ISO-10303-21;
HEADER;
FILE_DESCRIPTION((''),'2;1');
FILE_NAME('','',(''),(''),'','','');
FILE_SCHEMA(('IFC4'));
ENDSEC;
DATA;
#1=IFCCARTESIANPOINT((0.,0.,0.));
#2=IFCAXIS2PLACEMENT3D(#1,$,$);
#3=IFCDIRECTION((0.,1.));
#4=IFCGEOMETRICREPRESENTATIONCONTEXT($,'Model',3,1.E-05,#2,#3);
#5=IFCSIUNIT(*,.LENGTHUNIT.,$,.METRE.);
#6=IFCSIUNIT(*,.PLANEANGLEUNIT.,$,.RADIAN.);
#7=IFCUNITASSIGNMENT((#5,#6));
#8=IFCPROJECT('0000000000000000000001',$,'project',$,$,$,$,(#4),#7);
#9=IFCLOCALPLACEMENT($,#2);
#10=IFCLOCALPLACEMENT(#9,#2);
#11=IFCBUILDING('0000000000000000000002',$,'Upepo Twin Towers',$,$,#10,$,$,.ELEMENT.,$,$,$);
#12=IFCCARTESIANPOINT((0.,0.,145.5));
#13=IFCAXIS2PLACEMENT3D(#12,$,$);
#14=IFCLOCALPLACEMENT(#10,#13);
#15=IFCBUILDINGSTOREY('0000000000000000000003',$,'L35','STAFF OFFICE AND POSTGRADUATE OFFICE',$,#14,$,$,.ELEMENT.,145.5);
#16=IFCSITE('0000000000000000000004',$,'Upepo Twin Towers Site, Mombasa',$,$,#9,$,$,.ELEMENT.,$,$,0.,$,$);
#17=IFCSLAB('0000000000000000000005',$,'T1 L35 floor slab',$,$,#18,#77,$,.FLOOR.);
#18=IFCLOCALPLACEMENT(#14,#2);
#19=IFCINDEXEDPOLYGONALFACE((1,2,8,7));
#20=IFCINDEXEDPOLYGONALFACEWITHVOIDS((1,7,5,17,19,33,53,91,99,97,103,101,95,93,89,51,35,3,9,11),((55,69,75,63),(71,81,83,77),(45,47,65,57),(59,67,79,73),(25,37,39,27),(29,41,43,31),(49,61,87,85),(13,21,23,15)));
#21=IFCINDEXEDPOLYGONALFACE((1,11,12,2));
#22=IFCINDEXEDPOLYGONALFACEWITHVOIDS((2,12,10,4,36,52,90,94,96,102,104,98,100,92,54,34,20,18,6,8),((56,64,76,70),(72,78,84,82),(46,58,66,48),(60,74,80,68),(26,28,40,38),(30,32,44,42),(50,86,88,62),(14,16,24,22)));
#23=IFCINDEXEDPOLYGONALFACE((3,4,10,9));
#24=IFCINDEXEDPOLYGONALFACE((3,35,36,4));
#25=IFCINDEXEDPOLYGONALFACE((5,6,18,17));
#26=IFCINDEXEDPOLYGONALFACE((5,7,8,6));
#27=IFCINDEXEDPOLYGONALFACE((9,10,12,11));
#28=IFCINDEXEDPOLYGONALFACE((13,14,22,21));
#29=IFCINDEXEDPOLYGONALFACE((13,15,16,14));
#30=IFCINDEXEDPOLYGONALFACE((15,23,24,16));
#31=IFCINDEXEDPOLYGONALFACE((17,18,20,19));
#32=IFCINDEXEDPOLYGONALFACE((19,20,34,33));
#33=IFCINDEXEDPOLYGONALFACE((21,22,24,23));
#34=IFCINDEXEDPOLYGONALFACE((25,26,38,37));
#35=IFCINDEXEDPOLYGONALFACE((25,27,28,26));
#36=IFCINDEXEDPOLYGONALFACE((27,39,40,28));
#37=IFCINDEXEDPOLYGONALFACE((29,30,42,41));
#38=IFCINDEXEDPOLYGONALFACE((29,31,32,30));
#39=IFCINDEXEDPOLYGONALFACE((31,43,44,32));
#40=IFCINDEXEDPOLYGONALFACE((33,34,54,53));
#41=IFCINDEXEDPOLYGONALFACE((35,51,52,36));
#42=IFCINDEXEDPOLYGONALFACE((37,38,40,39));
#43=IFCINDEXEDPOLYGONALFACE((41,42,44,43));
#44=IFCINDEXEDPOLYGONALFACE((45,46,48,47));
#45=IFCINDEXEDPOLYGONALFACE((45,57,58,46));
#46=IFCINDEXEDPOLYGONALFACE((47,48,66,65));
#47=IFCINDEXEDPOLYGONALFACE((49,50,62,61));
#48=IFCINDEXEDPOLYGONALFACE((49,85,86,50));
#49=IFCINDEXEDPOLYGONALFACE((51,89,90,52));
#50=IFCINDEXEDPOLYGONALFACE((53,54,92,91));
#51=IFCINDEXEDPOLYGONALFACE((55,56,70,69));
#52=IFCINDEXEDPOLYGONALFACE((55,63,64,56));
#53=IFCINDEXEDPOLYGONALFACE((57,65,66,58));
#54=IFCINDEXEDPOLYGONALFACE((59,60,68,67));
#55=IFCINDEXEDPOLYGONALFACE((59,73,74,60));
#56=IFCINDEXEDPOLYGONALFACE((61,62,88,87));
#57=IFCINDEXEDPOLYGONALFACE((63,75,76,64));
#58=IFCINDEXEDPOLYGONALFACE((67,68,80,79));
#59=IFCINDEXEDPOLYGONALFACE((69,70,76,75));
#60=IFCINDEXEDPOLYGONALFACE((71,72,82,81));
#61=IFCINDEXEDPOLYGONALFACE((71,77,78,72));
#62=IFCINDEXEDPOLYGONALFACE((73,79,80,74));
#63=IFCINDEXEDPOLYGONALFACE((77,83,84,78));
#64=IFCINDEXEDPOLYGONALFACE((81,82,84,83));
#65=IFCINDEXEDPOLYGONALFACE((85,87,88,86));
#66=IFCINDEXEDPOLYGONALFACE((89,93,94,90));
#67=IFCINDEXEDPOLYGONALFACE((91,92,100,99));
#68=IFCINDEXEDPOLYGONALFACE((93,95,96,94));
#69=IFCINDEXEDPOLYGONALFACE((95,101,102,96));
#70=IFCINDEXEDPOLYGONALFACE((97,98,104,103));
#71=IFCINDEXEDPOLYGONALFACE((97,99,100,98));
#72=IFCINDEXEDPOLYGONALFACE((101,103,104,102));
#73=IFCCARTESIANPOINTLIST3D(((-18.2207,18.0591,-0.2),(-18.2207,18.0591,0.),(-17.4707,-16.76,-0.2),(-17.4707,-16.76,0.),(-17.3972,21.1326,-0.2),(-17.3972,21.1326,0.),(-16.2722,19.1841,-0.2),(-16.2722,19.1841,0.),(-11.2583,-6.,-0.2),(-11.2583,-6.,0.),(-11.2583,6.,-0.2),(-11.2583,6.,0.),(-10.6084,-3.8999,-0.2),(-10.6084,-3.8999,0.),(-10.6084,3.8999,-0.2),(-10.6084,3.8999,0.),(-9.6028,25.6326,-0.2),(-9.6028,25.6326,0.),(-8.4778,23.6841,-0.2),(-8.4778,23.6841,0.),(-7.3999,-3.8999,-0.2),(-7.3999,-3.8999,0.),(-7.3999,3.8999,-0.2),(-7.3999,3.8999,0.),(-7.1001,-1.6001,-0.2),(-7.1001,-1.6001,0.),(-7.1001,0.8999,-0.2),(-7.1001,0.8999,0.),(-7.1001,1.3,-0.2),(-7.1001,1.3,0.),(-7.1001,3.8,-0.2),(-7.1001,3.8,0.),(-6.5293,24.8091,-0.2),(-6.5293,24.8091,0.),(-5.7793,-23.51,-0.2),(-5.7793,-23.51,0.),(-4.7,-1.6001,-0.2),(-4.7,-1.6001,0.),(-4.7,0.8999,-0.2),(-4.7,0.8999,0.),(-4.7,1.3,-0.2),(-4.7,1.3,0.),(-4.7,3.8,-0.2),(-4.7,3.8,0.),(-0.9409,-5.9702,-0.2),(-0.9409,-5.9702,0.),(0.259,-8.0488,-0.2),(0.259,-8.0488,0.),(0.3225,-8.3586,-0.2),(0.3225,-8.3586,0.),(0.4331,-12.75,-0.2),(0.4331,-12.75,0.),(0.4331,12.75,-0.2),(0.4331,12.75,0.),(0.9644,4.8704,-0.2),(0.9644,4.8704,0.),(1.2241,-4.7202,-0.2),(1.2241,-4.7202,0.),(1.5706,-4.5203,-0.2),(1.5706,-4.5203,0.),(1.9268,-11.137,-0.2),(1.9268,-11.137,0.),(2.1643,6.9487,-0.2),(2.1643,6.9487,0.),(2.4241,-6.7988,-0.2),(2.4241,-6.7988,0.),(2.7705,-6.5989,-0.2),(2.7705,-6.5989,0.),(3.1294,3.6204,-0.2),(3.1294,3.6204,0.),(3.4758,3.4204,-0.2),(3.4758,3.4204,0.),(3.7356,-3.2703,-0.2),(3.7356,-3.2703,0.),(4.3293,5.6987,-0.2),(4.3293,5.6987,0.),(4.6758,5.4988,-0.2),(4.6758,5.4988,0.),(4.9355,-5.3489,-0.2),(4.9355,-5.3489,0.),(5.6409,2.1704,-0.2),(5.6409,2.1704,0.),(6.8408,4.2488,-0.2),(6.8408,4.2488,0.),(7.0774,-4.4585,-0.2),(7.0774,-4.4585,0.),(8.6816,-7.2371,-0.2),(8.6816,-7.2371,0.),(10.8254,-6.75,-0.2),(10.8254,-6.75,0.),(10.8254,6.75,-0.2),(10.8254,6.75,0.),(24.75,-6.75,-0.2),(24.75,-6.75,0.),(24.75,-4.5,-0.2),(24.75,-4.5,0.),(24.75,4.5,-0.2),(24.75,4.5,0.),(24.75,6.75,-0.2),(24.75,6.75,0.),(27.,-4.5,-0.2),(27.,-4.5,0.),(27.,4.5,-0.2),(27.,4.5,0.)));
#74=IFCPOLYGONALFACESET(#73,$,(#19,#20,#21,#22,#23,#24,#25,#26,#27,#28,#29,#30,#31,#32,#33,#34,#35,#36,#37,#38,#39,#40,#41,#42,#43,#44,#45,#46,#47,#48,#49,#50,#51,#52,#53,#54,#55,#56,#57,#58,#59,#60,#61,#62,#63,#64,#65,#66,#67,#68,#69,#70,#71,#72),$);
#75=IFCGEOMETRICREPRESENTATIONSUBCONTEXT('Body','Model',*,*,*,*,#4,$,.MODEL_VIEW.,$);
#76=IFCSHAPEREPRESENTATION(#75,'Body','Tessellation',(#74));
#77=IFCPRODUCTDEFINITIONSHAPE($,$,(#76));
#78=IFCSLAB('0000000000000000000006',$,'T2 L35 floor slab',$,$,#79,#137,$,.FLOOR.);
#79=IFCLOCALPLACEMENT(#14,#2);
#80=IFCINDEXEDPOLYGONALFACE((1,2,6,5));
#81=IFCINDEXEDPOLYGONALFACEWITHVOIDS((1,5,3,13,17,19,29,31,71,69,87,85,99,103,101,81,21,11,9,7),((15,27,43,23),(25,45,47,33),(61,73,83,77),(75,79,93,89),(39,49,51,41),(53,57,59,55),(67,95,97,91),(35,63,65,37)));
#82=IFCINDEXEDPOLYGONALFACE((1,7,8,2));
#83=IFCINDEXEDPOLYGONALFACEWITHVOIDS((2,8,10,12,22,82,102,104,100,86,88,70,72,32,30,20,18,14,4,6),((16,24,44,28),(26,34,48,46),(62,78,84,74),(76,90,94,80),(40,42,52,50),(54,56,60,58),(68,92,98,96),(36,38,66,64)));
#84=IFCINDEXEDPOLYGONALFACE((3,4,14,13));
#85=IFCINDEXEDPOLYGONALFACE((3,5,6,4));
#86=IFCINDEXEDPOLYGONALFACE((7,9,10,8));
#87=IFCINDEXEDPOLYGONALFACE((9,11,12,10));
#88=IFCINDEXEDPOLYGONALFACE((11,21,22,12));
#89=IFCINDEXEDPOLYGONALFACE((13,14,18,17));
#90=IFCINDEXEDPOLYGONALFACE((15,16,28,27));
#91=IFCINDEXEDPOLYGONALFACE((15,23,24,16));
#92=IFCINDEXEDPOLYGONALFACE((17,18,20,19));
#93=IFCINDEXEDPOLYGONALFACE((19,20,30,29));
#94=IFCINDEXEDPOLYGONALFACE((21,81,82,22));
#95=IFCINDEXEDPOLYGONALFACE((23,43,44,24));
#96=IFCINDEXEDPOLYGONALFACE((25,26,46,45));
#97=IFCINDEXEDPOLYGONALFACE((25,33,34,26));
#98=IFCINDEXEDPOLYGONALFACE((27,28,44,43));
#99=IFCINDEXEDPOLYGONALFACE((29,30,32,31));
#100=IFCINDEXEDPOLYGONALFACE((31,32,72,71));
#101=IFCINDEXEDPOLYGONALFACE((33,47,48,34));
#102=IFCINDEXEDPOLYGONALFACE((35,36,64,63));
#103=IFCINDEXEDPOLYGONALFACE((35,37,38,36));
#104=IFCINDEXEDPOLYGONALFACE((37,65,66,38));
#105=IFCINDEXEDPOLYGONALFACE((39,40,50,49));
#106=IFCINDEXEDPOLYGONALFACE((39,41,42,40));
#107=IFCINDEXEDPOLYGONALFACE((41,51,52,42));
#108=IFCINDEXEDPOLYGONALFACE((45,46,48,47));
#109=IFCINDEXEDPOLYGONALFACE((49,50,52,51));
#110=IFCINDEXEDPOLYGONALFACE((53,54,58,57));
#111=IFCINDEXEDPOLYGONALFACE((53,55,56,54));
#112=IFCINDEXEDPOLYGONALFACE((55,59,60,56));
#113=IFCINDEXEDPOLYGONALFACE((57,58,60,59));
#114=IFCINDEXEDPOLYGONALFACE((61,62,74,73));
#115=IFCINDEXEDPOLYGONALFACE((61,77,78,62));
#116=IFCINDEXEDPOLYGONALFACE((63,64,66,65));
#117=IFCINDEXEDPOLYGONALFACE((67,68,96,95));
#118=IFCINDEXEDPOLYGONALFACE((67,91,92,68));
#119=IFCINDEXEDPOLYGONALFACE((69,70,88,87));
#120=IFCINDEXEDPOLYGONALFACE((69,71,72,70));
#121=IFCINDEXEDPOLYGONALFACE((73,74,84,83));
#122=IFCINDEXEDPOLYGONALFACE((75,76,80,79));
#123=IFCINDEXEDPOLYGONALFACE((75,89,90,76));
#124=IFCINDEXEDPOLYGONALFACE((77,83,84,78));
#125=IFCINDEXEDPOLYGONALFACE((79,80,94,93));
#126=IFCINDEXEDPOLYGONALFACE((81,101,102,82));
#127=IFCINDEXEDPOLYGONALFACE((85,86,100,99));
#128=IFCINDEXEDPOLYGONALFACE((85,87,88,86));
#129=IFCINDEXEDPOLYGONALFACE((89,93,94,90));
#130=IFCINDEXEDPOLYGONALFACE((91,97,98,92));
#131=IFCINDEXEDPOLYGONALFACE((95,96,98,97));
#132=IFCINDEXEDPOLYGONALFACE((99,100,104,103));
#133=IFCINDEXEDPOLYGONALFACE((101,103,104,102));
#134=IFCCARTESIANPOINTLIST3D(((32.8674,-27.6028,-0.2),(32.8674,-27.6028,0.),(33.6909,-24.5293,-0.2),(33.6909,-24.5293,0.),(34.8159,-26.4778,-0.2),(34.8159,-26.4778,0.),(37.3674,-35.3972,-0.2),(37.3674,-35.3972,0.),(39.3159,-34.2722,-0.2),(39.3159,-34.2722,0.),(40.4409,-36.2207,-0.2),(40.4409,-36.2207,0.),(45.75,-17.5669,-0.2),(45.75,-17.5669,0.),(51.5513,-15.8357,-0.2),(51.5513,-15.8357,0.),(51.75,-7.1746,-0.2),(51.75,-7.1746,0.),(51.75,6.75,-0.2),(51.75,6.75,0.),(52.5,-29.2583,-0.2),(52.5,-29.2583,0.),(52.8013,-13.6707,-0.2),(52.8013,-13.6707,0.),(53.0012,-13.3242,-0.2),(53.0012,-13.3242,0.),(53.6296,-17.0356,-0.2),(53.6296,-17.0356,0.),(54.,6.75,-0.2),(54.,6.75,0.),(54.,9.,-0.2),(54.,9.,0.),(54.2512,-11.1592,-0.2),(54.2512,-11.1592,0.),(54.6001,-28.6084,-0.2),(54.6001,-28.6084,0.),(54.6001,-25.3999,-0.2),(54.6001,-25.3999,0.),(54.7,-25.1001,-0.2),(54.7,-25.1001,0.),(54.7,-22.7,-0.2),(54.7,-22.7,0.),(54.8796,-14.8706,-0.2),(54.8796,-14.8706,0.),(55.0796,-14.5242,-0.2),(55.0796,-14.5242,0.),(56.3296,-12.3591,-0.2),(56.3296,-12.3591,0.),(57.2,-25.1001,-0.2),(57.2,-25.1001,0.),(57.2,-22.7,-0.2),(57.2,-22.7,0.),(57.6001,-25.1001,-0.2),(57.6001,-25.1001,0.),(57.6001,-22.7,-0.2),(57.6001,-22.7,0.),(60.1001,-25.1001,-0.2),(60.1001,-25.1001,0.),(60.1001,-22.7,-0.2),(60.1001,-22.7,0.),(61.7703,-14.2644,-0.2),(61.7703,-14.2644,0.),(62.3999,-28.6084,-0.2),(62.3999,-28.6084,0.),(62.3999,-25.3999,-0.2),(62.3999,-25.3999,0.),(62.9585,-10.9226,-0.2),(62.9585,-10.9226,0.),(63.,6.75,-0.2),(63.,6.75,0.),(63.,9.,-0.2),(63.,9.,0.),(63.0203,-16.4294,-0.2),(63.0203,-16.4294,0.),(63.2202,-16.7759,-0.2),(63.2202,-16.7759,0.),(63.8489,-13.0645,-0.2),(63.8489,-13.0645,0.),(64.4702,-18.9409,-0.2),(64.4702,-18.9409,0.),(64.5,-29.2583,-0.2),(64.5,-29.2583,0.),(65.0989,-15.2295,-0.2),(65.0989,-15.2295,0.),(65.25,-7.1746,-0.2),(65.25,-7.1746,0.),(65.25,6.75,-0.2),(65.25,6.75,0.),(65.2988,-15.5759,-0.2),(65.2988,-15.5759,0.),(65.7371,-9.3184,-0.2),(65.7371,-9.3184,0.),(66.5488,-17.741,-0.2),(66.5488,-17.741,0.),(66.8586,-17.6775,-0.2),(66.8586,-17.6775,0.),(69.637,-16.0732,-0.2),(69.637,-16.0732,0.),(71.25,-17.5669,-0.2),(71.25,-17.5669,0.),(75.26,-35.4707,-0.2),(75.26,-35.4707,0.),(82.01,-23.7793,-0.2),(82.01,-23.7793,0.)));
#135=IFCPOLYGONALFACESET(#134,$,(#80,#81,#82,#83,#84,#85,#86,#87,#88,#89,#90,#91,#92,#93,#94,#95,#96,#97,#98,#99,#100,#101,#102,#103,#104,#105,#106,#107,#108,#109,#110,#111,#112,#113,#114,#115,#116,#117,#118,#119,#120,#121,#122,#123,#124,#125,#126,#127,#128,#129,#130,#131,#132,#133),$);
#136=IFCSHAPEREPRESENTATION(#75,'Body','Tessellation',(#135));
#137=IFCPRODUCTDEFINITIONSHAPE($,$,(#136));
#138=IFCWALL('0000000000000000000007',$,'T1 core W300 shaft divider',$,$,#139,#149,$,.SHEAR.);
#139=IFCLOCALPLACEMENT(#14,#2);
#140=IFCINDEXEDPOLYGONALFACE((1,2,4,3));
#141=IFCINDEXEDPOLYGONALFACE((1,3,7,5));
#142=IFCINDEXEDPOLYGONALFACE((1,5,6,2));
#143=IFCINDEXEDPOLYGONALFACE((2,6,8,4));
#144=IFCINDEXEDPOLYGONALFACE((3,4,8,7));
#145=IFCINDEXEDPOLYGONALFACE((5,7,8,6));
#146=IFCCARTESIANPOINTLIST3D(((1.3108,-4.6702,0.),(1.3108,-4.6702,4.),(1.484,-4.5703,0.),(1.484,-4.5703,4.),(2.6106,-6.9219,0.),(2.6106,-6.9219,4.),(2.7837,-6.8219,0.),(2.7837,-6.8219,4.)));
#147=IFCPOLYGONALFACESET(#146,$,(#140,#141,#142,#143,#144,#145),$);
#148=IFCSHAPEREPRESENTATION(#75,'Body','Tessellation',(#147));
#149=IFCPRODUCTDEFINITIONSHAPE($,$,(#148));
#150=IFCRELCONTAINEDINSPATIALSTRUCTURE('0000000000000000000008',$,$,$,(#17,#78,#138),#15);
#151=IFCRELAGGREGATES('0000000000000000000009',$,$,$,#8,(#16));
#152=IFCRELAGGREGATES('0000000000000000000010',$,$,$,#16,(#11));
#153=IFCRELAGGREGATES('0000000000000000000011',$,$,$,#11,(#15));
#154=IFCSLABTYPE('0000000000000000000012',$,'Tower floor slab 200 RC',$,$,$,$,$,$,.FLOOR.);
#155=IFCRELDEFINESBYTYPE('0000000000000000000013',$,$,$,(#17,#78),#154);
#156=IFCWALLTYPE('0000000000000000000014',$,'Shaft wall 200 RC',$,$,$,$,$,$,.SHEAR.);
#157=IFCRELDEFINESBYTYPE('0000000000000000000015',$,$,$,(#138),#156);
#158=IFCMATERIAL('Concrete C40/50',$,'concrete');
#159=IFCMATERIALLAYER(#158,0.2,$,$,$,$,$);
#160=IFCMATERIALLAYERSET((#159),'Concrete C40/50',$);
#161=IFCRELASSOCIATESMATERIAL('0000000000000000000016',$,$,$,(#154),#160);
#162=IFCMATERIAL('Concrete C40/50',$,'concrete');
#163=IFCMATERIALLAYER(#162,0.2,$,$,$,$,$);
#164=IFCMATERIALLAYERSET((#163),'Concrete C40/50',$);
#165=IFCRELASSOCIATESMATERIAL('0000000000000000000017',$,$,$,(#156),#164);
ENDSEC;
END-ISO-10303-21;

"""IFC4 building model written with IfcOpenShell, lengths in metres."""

from ifc_helpers import new_model, si_unit, direction, frame, frame_2d, origin, place, context, subcontext, project, spatial, polyline, rectangle, outline, extrude, material, layer, layer_set, type_object, element, save


model = new_model("IFC4")

# Units and contexts
model_context = context("Model", 3, precision=1e-05, world=origin(), true_north=direction((0.0, 1.0)))
body_context = subcontext(model_context, "Body", "Model", "MODEL_VIEW")
ifc_project = project(units=[si_unit("LENGTHUNIT", "METRE"), si_unit("PLANEANGLEUNIT", "RADIAN")], contexts=[model_context])

# Site, building, storey
site_placement = place(None, origin())
site = spatial("IfcSite", under=ifc_project, at=site_placement, Name="Upepo Twin Towers Site, Mombasa", CompositionType="ELEMENT", RefElevation=0.0)
building_placement = place(site_placement, origin())
building = spatial("IfcBuilding", under=site, at=building_placement, Name="Upepo Twin Towers", CompositionType="ELEMENT")
storey_placement = place(building_placement, frame((0.0, 0.0, 145.5)))
storey = spatial("IfcBuildingStorey", under=building, at=storey_placement, Name="L35", Description="STAFF OFFICE AND POSTGRADUATE OFFICE", CompositionType="ELEMENT", Elevation=145.5)

# Slabs
ifc_material_1 = material(Name="Concrete C40/50", Category="concrete")
ifc_layer_1 = layer(ifc_material_1, 0.2)
ifc_layer_set_1 = layer_set([ifc_layer_1], Name="Concrete C40/50")
slab_type_1 = type_object("IfcSlabType", Name="Tower floor slab 200 RC", PredefinedType="FLOOR", material=ifc_layer_set_1)
slab_1_placement = place(storey_placement, frame((0.0, 0.0, -0.2)))
element("IfcSlab", 1, at=slab_1_placement, inside=storey, type_object=slab_type_1, Name="T1 L35 floor slab", PredefinedType="FLOOR", context=body_context, shape_type="SweptSolid", body=[
    extrude(outline(polyline([(-17.4707, -16.76), (-11.2583, -6.0), (-11.2583, 6.0), (-18.2207, 18.0591), (-16.2722, 19.1841), (-17.3972, 21.1326), (-9.6028, 25.6326), (-8.4778, 23.6841), (-6.5293, 24.8091), (0.4331, 12.75), (10.8254, 6.75), (24.75, 6.75), (24.75, 4.5), (27.0, 4.5), (27.0, -4.5), (24.75, -4.5), (24.75, -6.75), (10.8254, -6.75), (0.4331, -12.75), (-5.7793, -23.51), (-17.4707, -16.76)]), holes=[polyline([(5.6409, 2.1704), (6.8408, 4.2488), (4.6758, 5.4988), (3.4758, 3.4204), (5.6409, 2.1704)]), polyline([(3.1294, 3.6204), (4.3293, 5.6987), (2.1643, 6.9487), (0.9644, 4.8704), (3.1294, 3.6204)]), polyline([(-4.7, 3.8), (-7.1001, 3.8), (-7.1001, 1.3), (-4.7, 1.3), (-4.7, 3.8)]), polyline([(-4.7, 0.8999), (-7.1001, 0.8999), (-7.1001, -1.6001), (-4.7, -1.6001), (-4.7, 0.8999)]), polyline([(-7.3999, 3.8999), (-10.6084, 3.8999), (-10.6084, -3.8999), (-7.3999, -3.8999), (-7.3999, 3.8999)]), polyline([(-0.9409, -5.9702), (0.259, -8.0488), (2.4241, -6.7988), (1.2241, -4.7202), (-0.9409, -5.9702)]), polyline([(1.5706, -4.5203), (2.7705, -6.5989), (4.9355, -5.3489), (3.7356, -3.2703), (1.5706, -4.5203)]), polyline([(0.3225, -8.3586), (1.9268, -11.137), (8.6816, -7.2371), (7.0774, -4.4585), (0.3225, -8.3586)])]), origin(), (0.0, 0.0, 1.0), 0.2),
])
slab_2_placement = place(storey_placement, frame((0.0, 0.0, -0.2)))
element("IfcSlab", 2, at=slab_2_placement, inside=storey, type_object=slab_type_1, Name="T2 L35 floor slab", PredefinedType="FLOOR", context=body_context, shape_type="SweptSolid", body=[
    extrude(outline(polyline([(75.26, -35.4707), (64.5, -29.2583), (52.5, -29.2583), (40.4409, -36.2207), (39.3159, -34.2722), (37.3674, -35.3972), (32.8674, -27.6028), (34.8159, -26.4778), (33.6909, -24.5293), (45.75, -17.5669), (51.75, -7.1746), (51.75, 6.75), (54.0, 6.75), (54.0, 9.0), (63.0, 9.0), (63.0, 6.75), (65.25, 6.75), (65.25, -7.1746), (71.25, -17.5669), (82.01, -23.7793), (75.26, -35.4707)]), holes=[polyline([(56.3296, -12.3591), (54.2512, -11.1592), (53.0012, -13.3242), (55.0796, -14.5242), (56.3296, -12.3591)]), polyline([(54.8796, -14.8706), (52.8013, -13.6707), (51.5513, -15.8357), (53.6296, -17.0356), (54.8796, -14.8706)]), polyline([(54.7, -22.7), (54.7, -25.1001), (57.2, -25.1001), (57.2, -22.7), (54.7, -22.7)]), polyline([(57.6001, -22.7), (57.6001, -25.1001), (60.1001, -25.1001), (60.1001, -22.7), (57.6001, -22.7)]), polyline([(54.6001, -25.3999), (54.6001, -28.6084), (62.3999, -28.6084), (62.3999, -25.3999), (54.6001, -25.3999)]), polyline([(64.4702, -18.9409), (66.5488, -17.741), (65.2988, -15.5759), (63.2202, -16.7759), (64.4702, -18.9409)]), polyline([(63.0203, -16.4294), (65.0989, -15.2295), (63.8489, -13.0645), (61.7703, -14.2644), (63.0203, -16.4294)]), polyline([(66.8586, -17.6775), (69.637, -16.0732), (65.7371, -9.3184), (62.9585, -10.9226), (66.8586, -17.6775)])]), origin(), (0.0, 0.0, 1.0), 0.2),
])

# Wall
ifc_material_2 = material(Name="Concrete C40/50", Category="concrete")
ifc_layer_2 = layer(ifc_material_2, 0.2)
ifc_layer_set_2 = layer_set([ifc_layer_2], Name="Concrete C40/50")
wall_type = type_object("IfcWallType", Name="Shaft wall 200 RC", PredefinedType="SHEAR", material=ifc_layer_set_2)
wall_1_placement = place(storey_placement, frame((1.3975, -4.6204, 0.0), z_axis=(0.0, 0.0, 1.0), x_axis=(0.499937, -0.866062, 0.0)))
element("IfcWall", 3, at=wall_1_placement, inside=storey, type_object=wall_type, Name="T1 core W300 shaft divider", PredefinedType="SHEAR", context=body_context, shape_type="SweptSolid", body=[
    extrude(rectangle(XDim=2.5999, YDim=0.2, at=frame_2d((1.2998, 0.0))), origin(), (0.0, 0.0, 1.0), 4.0),
])

save(model, "model.ifc")
